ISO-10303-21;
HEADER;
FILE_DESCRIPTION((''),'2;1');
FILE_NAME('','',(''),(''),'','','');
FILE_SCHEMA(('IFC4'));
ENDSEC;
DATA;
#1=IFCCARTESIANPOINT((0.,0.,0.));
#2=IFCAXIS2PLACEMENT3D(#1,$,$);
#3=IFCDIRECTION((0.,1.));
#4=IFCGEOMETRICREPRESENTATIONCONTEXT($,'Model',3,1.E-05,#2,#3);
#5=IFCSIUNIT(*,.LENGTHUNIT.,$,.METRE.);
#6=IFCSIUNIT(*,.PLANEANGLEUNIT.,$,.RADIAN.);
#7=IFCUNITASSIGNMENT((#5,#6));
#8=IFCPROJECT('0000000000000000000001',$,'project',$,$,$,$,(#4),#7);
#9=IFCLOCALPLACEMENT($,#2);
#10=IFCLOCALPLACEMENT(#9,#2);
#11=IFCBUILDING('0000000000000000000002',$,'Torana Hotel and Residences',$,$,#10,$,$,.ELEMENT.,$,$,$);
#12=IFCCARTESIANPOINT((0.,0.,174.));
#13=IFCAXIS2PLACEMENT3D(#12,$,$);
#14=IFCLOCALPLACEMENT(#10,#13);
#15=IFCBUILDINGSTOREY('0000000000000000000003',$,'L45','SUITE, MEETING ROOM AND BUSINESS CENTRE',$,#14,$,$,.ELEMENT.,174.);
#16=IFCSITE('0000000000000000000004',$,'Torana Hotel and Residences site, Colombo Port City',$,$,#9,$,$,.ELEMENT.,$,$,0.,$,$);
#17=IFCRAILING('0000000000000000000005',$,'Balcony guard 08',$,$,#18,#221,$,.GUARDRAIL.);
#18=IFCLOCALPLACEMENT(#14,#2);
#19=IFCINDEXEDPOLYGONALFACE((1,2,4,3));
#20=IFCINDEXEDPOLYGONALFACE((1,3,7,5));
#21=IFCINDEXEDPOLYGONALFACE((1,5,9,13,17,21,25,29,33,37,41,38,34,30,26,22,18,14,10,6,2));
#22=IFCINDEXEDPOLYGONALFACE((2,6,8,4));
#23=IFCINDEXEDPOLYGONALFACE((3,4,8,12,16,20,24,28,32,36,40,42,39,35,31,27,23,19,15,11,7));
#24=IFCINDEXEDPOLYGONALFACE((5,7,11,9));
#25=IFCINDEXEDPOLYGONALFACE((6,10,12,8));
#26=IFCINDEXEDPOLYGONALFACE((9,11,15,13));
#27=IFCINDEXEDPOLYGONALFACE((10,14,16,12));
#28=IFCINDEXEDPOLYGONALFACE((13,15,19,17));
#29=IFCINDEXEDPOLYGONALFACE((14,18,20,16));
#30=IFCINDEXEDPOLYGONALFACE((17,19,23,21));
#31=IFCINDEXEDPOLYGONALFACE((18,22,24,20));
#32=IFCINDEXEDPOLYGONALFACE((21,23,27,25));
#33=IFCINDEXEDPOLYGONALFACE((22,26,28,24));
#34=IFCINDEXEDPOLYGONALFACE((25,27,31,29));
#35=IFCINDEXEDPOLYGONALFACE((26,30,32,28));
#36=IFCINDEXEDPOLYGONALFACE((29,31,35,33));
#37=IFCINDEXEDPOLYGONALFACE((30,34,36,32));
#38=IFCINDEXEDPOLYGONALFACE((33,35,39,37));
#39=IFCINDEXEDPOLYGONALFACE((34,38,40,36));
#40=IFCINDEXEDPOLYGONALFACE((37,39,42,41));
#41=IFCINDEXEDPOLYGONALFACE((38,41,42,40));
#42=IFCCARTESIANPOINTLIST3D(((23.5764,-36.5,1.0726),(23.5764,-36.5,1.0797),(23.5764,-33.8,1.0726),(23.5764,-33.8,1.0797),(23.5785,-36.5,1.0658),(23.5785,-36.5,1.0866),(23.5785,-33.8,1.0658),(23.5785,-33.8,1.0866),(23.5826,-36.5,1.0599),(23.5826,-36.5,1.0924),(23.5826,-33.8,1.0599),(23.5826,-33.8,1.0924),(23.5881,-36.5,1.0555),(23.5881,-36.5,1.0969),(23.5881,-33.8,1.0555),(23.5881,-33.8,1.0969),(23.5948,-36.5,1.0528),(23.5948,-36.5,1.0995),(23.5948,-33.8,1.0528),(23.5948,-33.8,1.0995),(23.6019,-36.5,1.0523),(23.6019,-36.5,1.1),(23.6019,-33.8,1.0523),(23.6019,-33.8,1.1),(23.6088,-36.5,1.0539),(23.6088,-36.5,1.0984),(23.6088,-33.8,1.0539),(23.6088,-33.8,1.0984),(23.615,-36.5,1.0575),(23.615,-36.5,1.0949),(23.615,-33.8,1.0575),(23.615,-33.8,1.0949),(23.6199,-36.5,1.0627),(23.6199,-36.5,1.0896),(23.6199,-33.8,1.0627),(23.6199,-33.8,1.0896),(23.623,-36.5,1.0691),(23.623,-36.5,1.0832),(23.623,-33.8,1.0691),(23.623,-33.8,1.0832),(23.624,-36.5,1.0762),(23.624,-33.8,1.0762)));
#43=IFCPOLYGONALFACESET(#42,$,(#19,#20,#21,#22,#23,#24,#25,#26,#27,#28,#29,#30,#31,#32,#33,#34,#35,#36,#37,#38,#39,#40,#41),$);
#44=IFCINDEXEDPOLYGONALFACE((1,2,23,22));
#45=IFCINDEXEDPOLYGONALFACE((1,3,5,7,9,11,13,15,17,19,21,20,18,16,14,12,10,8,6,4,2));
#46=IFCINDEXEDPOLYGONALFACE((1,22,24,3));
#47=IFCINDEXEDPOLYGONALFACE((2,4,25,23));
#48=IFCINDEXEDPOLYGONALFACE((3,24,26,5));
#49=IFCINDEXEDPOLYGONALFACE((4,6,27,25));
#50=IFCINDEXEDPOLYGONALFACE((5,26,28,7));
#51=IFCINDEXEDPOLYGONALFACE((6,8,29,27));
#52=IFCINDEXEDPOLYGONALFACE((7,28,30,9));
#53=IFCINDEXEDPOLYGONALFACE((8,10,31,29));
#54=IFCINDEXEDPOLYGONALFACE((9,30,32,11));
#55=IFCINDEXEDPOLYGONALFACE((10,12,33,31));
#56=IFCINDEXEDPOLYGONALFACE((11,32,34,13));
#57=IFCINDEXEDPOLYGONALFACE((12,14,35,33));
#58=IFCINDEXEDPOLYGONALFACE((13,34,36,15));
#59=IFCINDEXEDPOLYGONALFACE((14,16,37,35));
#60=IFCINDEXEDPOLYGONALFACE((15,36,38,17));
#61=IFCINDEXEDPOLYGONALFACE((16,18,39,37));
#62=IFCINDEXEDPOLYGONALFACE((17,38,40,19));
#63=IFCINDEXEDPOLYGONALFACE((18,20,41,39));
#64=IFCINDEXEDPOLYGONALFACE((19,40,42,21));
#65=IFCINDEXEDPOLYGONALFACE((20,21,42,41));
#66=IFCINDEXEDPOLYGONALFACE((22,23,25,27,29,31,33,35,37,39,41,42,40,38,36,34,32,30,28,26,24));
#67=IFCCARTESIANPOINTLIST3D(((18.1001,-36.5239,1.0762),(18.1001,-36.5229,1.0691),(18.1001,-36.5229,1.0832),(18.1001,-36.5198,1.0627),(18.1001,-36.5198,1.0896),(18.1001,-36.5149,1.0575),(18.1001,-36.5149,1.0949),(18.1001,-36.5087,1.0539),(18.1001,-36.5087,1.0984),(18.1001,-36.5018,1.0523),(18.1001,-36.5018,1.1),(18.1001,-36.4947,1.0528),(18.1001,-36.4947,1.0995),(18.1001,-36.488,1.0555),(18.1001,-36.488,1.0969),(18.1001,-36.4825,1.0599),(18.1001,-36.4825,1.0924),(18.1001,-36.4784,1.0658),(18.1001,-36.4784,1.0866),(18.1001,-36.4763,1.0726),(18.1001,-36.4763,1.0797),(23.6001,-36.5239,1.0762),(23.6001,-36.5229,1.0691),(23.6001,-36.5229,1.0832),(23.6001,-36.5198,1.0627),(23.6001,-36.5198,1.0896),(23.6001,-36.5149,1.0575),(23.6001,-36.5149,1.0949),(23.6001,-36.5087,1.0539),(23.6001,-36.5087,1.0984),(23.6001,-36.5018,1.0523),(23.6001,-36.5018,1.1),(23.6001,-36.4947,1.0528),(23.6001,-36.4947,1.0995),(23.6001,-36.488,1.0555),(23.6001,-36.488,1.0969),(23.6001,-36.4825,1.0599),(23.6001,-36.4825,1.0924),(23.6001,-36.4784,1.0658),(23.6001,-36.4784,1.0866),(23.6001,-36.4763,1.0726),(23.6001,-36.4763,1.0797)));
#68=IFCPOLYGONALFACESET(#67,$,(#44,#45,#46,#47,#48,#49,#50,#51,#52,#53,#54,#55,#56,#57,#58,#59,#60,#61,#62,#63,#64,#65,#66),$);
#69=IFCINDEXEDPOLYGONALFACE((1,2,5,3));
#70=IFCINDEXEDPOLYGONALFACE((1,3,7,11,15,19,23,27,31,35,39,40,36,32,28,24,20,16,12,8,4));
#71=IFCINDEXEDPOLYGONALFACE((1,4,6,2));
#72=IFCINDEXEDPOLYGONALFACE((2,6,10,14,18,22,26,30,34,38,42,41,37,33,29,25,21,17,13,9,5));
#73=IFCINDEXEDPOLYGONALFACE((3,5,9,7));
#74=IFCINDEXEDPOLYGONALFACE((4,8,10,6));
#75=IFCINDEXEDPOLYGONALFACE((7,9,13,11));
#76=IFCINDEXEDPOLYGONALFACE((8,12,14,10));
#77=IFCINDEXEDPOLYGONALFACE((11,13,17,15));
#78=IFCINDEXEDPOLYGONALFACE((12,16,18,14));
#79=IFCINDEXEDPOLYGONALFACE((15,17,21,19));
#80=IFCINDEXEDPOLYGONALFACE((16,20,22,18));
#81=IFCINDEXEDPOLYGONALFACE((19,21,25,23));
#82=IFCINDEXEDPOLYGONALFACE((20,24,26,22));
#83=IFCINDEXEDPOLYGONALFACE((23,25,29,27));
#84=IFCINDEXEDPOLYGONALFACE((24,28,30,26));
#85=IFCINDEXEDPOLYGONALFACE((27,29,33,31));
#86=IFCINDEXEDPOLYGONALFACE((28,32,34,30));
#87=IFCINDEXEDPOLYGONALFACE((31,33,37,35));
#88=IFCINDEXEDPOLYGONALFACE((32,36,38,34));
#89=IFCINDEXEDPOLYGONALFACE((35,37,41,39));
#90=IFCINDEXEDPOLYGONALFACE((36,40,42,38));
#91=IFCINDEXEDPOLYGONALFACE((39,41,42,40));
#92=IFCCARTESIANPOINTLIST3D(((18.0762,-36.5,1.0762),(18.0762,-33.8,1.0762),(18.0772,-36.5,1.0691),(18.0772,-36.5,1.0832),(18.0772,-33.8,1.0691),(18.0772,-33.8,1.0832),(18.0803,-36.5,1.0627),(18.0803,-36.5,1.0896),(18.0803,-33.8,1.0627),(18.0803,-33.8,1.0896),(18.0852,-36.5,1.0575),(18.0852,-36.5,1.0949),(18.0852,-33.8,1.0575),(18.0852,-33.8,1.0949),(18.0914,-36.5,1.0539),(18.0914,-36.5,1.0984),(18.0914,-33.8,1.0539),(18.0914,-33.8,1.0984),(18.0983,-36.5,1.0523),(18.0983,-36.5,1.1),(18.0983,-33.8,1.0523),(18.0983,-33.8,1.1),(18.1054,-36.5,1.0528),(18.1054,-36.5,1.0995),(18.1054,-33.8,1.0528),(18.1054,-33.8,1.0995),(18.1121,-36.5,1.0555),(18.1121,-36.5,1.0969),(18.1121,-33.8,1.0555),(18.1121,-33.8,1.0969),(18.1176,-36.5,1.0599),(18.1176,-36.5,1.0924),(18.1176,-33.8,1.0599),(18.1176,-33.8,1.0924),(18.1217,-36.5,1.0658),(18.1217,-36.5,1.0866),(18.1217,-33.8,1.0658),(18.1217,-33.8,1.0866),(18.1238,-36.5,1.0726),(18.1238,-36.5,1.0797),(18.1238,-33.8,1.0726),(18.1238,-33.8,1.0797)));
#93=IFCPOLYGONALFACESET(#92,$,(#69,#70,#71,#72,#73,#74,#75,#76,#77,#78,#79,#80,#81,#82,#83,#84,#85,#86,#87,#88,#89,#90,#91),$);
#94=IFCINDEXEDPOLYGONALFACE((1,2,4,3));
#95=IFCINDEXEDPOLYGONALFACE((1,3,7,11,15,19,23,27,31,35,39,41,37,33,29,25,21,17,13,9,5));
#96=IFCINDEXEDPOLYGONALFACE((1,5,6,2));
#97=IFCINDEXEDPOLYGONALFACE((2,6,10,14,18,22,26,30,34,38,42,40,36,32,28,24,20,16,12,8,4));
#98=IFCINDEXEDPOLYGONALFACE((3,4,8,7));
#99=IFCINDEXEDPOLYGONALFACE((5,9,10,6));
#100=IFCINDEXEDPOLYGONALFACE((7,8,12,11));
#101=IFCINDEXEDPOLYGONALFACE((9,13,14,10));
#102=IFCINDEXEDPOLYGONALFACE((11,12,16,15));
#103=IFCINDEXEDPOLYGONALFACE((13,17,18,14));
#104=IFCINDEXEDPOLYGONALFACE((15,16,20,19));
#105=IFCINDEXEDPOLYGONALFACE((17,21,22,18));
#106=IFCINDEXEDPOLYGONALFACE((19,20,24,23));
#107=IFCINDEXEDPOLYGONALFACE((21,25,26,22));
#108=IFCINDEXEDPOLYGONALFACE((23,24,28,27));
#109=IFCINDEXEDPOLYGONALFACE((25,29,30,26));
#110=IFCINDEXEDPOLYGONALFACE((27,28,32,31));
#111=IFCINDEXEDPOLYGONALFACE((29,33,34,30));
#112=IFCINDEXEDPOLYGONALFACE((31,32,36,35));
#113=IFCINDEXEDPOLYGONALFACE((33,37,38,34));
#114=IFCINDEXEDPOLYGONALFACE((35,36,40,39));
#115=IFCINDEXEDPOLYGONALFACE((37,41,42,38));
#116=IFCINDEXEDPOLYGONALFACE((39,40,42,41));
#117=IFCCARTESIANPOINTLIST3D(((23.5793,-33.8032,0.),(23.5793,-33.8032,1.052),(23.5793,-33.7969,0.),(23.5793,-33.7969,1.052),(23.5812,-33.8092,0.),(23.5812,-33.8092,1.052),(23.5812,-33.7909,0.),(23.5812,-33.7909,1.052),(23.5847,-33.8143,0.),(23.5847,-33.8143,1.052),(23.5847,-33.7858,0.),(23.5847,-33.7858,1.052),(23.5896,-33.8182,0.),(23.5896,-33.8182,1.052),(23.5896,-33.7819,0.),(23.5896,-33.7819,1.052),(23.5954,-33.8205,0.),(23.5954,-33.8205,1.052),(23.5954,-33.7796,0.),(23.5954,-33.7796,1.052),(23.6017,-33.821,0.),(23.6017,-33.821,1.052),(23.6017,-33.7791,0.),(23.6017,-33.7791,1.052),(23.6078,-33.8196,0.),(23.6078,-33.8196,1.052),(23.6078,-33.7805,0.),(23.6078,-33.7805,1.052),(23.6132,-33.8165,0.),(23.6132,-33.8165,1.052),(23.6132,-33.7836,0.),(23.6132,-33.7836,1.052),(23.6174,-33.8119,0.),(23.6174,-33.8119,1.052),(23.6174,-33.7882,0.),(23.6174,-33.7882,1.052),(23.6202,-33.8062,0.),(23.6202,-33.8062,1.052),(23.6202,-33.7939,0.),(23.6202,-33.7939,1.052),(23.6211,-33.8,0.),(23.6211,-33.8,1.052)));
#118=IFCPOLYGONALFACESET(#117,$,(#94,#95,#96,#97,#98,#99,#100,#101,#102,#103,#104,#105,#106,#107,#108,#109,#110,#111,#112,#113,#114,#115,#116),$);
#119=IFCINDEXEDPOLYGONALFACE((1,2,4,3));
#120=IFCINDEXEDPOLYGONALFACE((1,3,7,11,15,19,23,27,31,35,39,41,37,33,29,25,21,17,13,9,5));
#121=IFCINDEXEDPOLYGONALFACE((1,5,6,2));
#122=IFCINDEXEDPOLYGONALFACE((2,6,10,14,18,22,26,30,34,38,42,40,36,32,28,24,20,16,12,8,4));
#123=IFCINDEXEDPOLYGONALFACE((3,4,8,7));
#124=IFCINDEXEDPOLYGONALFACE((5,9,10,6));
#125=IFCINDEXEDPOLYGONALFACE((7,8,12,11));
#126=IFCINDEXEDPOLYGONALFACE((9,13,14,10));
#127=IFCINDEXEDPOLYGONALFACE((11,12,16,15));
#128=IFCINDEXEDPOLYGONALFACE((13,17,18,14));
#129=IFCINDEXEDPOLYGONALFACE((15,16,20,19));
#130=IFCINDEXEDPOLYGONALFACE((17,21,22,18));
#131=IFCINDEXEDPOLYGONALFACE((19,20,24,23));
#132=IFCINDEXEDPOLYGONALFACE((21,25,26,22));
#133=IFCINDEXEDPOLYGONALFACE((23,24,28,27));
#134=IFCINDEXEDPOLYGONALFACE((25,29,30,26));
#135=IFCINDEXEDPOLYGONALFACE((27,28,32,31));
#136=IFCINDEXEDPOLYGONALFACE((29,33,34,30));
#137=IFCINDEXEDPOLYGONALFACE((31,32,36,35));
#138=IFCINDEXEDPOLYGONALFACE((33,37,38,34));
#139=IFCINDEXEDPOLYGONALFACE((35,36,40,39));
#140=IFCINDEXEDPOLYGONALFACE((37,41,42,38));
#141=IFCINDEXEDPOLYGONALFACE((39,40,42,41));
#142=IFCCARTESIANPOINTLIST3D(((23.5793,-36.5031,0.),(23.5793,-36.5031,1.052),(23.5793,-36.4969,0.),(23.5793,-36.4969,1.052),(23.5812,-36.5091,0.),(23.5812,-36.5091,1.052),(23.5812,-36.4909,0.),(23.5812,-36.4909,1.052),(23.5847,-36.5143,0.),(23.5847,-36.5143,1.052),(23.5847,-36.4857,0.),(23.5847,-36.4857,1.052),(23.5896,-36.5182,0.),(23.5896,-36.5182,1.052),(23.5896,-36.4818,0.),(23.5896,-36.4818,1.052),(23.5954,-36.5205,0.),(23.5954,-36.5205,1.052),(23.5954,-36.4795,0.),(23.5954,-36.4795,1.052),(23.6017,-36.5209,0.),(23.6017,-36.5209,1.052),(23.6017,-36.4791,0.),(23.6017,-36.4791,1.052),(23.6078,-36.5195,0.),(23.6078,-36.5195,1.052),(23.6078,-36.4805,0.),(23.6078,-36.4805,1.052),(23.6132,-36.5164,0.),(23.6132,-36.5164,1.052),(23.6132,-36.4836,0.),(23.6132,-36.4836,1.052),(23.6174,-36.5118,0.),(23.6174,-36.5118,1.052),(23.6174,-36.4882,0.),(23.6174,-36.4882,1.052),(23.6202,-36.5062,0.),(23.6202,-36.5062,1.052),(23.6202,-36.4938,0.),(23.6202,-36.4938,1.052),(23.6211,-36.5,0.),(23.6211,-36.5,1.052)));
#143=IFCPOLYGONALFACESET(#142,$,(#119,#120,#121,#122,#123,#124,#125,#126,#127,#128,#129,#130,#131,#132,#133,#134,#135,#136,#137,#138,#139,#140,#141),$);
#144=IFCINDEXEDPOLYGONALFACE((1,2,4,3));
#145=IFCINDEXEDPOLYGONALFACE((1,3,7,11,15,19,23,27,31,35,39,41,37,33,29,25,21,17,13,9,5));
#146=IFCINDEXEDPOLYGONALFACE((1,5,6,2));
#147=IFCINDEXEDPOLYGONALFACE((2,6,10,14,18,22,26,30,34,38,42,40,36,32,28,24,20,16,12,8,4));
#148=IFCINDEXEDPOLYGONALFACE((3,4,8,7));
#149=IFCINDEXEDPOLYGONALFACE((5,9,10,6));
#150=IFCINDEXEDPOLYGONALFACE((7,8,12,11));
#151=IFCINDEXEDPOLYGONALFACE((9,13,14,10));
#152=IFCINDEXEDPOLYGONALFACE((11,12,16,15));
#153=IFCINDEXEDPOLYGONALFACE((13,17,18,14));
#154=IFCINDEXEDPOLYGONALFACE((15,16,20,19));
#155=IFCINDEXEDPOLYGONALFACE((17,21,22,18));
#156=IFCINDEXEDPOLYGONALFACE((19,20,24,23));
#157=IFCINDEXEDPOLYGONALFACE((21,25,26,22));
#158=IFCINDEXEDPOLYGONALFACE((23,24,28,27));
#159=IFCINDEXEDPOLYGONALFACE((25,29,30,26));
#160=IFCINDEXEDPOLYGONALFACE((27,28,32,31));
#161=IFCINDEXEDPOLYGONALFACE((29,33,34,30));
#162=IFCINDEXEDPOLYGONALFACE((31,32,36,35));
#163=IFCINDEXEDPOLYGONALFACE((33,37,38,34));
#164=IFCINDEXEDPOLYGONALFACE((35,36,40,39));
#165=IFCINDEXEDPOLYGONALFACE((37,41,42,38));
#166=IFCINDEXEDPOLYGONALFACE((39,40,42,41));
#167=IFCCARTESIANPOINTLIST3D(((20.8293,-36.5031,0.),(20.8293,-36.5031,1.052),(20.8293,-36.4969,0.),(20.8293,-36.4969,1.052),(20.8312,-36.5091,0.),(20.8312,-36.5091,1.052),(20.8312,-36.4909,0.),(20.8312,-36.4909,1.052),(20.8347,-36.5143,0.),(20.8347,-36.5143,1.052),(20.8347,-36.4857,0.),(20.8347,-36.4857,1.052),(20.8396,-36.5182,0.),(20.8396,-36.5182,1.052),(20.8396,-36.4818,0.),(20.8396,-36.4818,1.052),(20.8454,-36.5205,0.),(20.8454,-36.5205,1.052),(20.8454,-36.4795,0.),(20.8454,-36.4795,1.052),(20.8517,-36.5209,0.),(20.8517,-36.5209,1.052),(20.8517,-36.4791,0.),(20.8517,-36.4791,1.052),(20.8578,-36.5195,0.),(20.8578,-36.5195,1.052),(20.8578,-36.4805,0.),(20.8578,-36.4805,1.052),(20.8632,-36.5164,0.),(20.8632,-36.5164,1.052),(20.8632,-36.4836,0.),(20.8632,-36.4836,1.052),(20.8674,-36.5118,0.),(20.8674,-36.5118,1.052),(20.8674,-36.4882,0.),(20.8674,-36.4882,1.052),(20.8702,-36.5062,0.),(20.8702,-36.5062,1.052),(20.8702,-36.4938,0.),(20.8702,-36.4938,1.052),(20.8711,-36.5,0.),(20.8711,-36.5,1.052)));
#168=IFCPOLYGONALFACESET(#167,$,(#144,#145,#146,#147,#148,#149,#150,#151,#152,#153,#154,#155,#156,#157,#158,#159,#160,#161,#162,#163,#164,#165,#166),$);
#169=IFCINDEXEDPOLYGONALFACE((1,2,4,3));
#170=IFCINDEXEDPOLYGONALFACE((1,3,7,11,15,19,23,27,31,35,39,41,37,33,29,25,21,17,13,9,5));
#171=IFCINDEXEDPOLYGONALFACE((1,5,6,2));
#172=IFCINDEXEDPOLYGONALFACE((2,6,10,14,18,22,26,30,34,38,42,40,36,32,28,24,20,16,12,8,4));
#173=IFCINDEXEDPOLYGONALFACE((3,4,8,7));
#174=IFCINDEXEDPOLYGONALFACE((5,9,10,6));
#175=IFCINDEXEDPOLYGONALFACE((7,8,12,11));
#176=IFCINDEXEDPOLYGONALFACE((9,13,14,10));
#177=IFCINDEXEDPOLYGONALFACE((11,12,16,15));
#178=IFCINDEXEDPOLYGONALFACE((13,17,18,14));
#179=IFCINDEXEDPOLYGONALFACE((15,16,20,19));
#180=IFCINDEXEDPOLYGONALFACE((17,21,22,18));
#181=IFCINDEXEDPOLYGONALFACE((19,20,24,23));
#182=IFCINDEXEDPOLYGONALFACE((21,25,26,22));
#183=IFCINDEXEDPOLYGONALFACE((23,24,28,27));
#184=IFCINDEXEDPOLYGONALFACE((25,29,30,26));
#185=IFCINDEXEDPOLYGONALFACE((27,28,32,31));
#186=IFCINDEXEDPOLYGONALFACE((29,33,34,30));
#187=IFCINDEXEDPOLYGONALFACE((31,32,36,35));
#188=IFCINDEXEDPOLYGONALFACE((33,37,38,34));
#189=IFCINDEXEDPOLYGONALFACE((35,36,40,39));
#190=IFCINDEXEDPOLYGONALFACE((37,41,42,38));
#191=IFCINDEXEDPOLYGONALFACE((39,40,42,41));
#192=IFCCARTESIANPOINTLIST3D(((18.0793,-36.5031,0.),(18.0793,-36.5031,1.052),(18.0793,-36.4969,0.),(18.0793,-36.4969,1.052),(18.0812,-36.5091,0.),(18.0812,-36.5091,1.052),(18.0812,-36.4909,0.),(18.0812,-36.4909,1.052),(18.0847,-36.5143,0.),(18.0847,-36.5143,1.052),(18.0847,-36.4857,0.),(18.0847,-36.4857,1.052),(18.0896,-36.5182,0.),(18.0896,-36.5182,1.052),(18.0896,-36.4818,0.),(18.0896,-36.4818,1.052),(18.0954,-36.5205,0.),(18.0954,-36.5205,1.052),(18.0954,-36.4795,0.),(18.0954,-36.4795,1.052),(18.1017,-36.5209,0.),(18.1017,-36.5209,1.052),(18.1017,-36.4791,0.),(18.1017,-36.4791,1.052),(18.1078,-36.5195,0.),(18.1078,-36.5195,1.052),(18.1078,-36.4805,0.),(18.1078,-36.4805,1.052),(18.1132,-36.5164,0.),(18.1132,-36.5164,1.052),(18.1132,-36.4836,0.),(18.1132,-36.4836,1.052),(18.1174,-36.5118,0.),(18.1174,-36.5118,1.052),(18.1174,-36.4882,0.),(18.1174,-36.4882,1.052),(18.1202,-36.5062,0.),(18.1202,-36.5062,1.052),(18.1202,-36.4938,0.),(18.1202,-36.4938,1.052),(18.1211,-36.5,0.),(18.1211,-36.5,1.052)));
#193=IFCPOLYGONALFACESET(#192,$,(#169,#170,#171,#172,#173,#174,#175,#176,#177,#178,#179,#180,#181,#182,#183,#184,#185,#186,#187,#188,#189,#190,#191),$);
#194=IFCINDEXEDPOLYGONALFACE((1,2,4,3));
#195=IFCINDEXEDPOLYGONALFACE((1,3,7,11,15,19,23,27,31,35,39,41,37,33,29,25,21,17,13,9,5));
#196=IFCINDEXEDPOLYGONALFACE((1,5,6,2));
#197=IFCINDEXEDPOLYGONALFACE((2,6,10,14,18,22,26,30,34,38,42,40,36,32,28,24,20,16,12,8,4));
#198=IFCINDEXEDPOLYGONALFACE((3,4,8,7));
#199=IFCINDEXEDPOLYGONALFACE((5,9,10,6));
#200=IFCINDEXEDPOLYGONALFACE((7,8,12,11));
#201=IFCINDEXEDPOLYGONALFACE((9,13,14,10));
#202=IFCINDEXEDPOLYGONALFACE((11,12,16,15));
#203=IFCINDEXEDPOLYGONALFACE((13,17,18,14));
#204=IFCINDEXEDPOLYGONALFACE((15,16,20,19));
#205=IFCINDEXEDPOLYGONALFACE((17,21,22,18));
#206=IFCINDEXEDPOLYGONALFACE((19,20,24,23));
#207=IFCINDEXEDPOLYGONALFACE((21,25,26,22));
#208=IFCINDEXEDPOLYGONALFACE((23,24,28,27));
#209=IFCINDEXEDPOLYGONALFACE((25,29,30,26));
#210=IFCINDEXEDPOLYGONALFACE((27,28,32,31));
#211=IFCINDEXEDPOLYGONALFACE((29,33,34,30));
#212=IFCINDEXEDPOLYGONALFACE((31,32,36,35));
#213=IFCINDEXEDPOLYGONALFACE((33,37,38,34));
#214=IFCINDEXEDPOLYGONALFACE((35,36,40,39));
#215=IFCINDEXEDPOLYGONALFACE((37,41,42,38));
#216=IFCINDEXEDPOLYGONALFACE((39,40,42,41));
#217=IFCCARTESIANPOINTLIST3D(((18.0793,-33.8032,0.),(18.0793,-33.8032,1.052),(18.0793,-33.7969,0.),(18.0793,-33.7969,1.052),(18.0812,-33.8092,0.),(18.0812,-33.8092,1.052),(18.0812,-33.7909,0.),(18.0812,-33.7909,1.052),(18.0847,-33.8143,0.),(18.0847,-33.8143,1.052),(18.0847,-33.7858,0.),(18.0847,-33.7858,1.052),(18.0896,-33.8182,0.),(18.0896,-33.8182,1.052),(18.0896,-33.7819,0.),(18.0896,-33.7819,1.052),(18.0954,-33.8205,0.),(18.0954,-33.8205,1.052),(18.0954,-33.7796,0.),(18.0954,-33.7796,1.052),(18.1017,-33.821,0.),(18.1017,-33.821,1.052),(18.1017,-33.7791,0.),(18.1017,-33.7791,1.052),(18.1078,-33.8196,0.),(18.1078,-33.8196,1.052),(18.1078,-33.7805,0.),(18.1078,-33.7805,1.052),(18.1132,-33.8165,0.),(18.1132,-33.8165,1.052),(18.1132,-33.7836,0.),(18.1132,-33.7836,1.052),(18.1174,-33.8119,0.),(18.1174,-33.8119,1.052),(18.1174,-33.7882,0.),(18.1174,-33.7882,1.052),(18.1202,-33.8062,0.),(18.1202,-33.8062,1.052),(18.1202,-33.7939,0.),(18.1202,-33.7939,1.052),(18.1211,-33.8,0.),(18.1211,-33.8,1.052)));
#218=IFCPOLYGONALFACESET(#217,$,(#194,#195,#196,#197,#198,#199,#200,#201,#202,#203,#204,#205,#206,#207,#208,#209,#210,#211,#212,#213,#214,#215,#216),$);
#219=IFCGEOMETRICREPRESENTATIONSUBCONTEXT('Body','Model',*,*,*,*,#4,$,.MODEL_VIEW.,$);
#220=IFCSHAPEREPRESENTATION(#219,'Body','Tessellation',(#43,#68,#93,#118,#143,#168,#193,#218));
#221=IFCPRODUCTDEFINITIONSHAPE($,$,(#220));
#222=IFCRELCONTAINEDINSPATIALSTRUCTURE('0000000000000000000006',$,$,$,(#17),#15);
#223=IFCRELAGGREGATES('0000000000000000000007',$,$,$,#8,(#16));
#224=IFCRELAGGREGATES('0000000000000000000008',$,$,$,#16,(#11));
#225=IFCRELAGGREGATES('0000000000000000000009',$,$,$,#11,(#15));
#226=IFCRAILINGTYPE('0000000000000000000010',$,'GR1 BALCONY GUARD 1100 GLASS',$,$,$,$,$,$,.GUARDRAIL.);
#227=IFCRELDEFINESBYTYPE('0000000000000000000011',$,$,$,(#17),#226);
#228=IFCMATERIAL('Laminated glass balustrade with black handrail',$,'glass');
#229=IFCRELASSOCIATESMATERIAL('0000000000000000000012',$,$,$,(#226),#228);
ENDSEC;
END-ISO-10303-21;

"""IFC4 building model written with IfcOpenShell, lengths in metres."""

from ifc_helpers import new_model, si_unit, direction, frame, origin, origin_2d, place, context, subcontext, project, spatial, circle, extrude, material, type_object, element, save


model = new_model("IFC4")

# Units and contexts
model_context = context("Model", 3, precision=1e-05, world=origin(), true_north=direction((0.0, 1.0)))
body_context = subcontext(model_context, "Body", "Model", "MODEL_VIEW")
ifc_project = project(units=[si_unit("LENGTHUNIT", "METRE"), si_unit("PLANEANGLEUNIT", "RADIAN")], contexts=[model_context])

# Site, building, storey
site_placement = place(None, origin())
site = spatial("IfcSite", under=ifc_project, at=site_placement, Name="Torana Hotel and Residences site, Colombo Port City", CompositionType="ELEMENT", RefElevation=0.0)
building_placement = place(site_placement, origin())
building = spatial("IfcBuilding", under=site, at=building_placement, Name="Torana Hotel and Residences", CompositionType="ELEMENT")
storey_placement = place(building_placement, frame((0.0, 0.0, 174.0)))
storey = spatial("IfcBuildingStorey", under=building, at=storey_placement, Name="L45", Description="SUITE, MEETING ROOM AND BUSINESS CENTRE", CompositionType="ELEMENT", Elevation=174.0)

# Railing
ifc_material_1 = material(Name="Laminated glass balustrade with black handrail", Category="glass")
railing_type = type_object("IfcRailingType", Name="GR1 BALCONY GUARD 1100 GLASS", PredefinedType="GUARDRAIL", material=ifc_material_1)
railing_1_placement = place(storey_placement, frame((23.6001, -33.8, 0.0)))
element("IfcRailing", 1, at=railing_1_placement, inside=storey, type_object=railing_type, Name="Balcony guard 08", PredefinedType="GUARDRAIL", context=body_context, shape_type="SweptSolid", body=[
    extrude(circle(Radius=0.0239, at=origin_2d()), frame((0.0, 0.0, 1.0762), z_axis=(0.0, -1.0, 0.0), x_axis=(1.0, 0.0, 0.0)), (0.0, 0.0, 1.0), 2.7),
    extrude(circle(Radius=0.0239, at=origin_2d()), frame((0.0, -2.7, 1.0762), z_axis=(-1.0, 0.0, 0.0), x_axis=(0.0, -1.0, 0.0)), (0.0, 0.0, 1.0), 5.5),
    extrude(circle(Radius=0.0239, at=origin_2d()), frame((-5.5, -2.7, 1.0762), z_axis=(0.0, 1.0, 0.0), x_axis=(-1.0, 0.0, 0.0)), (0.0, 0.0, 1.0), 2.7),
    extrude(circle(Radius=0.021, at=origin_2d()), origin(), (0.0, 0.0, 1.0), 1.052),
    extrude(circle(Radius=0.021, at=origin_2d()), frame((0.0, -2.7, 0.0)), (0.0, 0.0, 1.0), 1.052),
    extrude(circle(Radius=0.021, at=origin_2d()), frame((-2.75, -2.7, 0.0)), (0.0, 0.0, 1.0), 1.052),
    extrude(circle(Radius=0.021, at=origin_2d()), frame((-5.5, -2.7, 0.0)), (0.0, 0.0, 1.0), 1.052),
    extrude(circle(Radius=0.021, at=origin_2d()), frame((-5.5, 0.0, 0.0)), (0.0, 0.0, 1.0), 1.052),
])

save(model, "model.ifc")
